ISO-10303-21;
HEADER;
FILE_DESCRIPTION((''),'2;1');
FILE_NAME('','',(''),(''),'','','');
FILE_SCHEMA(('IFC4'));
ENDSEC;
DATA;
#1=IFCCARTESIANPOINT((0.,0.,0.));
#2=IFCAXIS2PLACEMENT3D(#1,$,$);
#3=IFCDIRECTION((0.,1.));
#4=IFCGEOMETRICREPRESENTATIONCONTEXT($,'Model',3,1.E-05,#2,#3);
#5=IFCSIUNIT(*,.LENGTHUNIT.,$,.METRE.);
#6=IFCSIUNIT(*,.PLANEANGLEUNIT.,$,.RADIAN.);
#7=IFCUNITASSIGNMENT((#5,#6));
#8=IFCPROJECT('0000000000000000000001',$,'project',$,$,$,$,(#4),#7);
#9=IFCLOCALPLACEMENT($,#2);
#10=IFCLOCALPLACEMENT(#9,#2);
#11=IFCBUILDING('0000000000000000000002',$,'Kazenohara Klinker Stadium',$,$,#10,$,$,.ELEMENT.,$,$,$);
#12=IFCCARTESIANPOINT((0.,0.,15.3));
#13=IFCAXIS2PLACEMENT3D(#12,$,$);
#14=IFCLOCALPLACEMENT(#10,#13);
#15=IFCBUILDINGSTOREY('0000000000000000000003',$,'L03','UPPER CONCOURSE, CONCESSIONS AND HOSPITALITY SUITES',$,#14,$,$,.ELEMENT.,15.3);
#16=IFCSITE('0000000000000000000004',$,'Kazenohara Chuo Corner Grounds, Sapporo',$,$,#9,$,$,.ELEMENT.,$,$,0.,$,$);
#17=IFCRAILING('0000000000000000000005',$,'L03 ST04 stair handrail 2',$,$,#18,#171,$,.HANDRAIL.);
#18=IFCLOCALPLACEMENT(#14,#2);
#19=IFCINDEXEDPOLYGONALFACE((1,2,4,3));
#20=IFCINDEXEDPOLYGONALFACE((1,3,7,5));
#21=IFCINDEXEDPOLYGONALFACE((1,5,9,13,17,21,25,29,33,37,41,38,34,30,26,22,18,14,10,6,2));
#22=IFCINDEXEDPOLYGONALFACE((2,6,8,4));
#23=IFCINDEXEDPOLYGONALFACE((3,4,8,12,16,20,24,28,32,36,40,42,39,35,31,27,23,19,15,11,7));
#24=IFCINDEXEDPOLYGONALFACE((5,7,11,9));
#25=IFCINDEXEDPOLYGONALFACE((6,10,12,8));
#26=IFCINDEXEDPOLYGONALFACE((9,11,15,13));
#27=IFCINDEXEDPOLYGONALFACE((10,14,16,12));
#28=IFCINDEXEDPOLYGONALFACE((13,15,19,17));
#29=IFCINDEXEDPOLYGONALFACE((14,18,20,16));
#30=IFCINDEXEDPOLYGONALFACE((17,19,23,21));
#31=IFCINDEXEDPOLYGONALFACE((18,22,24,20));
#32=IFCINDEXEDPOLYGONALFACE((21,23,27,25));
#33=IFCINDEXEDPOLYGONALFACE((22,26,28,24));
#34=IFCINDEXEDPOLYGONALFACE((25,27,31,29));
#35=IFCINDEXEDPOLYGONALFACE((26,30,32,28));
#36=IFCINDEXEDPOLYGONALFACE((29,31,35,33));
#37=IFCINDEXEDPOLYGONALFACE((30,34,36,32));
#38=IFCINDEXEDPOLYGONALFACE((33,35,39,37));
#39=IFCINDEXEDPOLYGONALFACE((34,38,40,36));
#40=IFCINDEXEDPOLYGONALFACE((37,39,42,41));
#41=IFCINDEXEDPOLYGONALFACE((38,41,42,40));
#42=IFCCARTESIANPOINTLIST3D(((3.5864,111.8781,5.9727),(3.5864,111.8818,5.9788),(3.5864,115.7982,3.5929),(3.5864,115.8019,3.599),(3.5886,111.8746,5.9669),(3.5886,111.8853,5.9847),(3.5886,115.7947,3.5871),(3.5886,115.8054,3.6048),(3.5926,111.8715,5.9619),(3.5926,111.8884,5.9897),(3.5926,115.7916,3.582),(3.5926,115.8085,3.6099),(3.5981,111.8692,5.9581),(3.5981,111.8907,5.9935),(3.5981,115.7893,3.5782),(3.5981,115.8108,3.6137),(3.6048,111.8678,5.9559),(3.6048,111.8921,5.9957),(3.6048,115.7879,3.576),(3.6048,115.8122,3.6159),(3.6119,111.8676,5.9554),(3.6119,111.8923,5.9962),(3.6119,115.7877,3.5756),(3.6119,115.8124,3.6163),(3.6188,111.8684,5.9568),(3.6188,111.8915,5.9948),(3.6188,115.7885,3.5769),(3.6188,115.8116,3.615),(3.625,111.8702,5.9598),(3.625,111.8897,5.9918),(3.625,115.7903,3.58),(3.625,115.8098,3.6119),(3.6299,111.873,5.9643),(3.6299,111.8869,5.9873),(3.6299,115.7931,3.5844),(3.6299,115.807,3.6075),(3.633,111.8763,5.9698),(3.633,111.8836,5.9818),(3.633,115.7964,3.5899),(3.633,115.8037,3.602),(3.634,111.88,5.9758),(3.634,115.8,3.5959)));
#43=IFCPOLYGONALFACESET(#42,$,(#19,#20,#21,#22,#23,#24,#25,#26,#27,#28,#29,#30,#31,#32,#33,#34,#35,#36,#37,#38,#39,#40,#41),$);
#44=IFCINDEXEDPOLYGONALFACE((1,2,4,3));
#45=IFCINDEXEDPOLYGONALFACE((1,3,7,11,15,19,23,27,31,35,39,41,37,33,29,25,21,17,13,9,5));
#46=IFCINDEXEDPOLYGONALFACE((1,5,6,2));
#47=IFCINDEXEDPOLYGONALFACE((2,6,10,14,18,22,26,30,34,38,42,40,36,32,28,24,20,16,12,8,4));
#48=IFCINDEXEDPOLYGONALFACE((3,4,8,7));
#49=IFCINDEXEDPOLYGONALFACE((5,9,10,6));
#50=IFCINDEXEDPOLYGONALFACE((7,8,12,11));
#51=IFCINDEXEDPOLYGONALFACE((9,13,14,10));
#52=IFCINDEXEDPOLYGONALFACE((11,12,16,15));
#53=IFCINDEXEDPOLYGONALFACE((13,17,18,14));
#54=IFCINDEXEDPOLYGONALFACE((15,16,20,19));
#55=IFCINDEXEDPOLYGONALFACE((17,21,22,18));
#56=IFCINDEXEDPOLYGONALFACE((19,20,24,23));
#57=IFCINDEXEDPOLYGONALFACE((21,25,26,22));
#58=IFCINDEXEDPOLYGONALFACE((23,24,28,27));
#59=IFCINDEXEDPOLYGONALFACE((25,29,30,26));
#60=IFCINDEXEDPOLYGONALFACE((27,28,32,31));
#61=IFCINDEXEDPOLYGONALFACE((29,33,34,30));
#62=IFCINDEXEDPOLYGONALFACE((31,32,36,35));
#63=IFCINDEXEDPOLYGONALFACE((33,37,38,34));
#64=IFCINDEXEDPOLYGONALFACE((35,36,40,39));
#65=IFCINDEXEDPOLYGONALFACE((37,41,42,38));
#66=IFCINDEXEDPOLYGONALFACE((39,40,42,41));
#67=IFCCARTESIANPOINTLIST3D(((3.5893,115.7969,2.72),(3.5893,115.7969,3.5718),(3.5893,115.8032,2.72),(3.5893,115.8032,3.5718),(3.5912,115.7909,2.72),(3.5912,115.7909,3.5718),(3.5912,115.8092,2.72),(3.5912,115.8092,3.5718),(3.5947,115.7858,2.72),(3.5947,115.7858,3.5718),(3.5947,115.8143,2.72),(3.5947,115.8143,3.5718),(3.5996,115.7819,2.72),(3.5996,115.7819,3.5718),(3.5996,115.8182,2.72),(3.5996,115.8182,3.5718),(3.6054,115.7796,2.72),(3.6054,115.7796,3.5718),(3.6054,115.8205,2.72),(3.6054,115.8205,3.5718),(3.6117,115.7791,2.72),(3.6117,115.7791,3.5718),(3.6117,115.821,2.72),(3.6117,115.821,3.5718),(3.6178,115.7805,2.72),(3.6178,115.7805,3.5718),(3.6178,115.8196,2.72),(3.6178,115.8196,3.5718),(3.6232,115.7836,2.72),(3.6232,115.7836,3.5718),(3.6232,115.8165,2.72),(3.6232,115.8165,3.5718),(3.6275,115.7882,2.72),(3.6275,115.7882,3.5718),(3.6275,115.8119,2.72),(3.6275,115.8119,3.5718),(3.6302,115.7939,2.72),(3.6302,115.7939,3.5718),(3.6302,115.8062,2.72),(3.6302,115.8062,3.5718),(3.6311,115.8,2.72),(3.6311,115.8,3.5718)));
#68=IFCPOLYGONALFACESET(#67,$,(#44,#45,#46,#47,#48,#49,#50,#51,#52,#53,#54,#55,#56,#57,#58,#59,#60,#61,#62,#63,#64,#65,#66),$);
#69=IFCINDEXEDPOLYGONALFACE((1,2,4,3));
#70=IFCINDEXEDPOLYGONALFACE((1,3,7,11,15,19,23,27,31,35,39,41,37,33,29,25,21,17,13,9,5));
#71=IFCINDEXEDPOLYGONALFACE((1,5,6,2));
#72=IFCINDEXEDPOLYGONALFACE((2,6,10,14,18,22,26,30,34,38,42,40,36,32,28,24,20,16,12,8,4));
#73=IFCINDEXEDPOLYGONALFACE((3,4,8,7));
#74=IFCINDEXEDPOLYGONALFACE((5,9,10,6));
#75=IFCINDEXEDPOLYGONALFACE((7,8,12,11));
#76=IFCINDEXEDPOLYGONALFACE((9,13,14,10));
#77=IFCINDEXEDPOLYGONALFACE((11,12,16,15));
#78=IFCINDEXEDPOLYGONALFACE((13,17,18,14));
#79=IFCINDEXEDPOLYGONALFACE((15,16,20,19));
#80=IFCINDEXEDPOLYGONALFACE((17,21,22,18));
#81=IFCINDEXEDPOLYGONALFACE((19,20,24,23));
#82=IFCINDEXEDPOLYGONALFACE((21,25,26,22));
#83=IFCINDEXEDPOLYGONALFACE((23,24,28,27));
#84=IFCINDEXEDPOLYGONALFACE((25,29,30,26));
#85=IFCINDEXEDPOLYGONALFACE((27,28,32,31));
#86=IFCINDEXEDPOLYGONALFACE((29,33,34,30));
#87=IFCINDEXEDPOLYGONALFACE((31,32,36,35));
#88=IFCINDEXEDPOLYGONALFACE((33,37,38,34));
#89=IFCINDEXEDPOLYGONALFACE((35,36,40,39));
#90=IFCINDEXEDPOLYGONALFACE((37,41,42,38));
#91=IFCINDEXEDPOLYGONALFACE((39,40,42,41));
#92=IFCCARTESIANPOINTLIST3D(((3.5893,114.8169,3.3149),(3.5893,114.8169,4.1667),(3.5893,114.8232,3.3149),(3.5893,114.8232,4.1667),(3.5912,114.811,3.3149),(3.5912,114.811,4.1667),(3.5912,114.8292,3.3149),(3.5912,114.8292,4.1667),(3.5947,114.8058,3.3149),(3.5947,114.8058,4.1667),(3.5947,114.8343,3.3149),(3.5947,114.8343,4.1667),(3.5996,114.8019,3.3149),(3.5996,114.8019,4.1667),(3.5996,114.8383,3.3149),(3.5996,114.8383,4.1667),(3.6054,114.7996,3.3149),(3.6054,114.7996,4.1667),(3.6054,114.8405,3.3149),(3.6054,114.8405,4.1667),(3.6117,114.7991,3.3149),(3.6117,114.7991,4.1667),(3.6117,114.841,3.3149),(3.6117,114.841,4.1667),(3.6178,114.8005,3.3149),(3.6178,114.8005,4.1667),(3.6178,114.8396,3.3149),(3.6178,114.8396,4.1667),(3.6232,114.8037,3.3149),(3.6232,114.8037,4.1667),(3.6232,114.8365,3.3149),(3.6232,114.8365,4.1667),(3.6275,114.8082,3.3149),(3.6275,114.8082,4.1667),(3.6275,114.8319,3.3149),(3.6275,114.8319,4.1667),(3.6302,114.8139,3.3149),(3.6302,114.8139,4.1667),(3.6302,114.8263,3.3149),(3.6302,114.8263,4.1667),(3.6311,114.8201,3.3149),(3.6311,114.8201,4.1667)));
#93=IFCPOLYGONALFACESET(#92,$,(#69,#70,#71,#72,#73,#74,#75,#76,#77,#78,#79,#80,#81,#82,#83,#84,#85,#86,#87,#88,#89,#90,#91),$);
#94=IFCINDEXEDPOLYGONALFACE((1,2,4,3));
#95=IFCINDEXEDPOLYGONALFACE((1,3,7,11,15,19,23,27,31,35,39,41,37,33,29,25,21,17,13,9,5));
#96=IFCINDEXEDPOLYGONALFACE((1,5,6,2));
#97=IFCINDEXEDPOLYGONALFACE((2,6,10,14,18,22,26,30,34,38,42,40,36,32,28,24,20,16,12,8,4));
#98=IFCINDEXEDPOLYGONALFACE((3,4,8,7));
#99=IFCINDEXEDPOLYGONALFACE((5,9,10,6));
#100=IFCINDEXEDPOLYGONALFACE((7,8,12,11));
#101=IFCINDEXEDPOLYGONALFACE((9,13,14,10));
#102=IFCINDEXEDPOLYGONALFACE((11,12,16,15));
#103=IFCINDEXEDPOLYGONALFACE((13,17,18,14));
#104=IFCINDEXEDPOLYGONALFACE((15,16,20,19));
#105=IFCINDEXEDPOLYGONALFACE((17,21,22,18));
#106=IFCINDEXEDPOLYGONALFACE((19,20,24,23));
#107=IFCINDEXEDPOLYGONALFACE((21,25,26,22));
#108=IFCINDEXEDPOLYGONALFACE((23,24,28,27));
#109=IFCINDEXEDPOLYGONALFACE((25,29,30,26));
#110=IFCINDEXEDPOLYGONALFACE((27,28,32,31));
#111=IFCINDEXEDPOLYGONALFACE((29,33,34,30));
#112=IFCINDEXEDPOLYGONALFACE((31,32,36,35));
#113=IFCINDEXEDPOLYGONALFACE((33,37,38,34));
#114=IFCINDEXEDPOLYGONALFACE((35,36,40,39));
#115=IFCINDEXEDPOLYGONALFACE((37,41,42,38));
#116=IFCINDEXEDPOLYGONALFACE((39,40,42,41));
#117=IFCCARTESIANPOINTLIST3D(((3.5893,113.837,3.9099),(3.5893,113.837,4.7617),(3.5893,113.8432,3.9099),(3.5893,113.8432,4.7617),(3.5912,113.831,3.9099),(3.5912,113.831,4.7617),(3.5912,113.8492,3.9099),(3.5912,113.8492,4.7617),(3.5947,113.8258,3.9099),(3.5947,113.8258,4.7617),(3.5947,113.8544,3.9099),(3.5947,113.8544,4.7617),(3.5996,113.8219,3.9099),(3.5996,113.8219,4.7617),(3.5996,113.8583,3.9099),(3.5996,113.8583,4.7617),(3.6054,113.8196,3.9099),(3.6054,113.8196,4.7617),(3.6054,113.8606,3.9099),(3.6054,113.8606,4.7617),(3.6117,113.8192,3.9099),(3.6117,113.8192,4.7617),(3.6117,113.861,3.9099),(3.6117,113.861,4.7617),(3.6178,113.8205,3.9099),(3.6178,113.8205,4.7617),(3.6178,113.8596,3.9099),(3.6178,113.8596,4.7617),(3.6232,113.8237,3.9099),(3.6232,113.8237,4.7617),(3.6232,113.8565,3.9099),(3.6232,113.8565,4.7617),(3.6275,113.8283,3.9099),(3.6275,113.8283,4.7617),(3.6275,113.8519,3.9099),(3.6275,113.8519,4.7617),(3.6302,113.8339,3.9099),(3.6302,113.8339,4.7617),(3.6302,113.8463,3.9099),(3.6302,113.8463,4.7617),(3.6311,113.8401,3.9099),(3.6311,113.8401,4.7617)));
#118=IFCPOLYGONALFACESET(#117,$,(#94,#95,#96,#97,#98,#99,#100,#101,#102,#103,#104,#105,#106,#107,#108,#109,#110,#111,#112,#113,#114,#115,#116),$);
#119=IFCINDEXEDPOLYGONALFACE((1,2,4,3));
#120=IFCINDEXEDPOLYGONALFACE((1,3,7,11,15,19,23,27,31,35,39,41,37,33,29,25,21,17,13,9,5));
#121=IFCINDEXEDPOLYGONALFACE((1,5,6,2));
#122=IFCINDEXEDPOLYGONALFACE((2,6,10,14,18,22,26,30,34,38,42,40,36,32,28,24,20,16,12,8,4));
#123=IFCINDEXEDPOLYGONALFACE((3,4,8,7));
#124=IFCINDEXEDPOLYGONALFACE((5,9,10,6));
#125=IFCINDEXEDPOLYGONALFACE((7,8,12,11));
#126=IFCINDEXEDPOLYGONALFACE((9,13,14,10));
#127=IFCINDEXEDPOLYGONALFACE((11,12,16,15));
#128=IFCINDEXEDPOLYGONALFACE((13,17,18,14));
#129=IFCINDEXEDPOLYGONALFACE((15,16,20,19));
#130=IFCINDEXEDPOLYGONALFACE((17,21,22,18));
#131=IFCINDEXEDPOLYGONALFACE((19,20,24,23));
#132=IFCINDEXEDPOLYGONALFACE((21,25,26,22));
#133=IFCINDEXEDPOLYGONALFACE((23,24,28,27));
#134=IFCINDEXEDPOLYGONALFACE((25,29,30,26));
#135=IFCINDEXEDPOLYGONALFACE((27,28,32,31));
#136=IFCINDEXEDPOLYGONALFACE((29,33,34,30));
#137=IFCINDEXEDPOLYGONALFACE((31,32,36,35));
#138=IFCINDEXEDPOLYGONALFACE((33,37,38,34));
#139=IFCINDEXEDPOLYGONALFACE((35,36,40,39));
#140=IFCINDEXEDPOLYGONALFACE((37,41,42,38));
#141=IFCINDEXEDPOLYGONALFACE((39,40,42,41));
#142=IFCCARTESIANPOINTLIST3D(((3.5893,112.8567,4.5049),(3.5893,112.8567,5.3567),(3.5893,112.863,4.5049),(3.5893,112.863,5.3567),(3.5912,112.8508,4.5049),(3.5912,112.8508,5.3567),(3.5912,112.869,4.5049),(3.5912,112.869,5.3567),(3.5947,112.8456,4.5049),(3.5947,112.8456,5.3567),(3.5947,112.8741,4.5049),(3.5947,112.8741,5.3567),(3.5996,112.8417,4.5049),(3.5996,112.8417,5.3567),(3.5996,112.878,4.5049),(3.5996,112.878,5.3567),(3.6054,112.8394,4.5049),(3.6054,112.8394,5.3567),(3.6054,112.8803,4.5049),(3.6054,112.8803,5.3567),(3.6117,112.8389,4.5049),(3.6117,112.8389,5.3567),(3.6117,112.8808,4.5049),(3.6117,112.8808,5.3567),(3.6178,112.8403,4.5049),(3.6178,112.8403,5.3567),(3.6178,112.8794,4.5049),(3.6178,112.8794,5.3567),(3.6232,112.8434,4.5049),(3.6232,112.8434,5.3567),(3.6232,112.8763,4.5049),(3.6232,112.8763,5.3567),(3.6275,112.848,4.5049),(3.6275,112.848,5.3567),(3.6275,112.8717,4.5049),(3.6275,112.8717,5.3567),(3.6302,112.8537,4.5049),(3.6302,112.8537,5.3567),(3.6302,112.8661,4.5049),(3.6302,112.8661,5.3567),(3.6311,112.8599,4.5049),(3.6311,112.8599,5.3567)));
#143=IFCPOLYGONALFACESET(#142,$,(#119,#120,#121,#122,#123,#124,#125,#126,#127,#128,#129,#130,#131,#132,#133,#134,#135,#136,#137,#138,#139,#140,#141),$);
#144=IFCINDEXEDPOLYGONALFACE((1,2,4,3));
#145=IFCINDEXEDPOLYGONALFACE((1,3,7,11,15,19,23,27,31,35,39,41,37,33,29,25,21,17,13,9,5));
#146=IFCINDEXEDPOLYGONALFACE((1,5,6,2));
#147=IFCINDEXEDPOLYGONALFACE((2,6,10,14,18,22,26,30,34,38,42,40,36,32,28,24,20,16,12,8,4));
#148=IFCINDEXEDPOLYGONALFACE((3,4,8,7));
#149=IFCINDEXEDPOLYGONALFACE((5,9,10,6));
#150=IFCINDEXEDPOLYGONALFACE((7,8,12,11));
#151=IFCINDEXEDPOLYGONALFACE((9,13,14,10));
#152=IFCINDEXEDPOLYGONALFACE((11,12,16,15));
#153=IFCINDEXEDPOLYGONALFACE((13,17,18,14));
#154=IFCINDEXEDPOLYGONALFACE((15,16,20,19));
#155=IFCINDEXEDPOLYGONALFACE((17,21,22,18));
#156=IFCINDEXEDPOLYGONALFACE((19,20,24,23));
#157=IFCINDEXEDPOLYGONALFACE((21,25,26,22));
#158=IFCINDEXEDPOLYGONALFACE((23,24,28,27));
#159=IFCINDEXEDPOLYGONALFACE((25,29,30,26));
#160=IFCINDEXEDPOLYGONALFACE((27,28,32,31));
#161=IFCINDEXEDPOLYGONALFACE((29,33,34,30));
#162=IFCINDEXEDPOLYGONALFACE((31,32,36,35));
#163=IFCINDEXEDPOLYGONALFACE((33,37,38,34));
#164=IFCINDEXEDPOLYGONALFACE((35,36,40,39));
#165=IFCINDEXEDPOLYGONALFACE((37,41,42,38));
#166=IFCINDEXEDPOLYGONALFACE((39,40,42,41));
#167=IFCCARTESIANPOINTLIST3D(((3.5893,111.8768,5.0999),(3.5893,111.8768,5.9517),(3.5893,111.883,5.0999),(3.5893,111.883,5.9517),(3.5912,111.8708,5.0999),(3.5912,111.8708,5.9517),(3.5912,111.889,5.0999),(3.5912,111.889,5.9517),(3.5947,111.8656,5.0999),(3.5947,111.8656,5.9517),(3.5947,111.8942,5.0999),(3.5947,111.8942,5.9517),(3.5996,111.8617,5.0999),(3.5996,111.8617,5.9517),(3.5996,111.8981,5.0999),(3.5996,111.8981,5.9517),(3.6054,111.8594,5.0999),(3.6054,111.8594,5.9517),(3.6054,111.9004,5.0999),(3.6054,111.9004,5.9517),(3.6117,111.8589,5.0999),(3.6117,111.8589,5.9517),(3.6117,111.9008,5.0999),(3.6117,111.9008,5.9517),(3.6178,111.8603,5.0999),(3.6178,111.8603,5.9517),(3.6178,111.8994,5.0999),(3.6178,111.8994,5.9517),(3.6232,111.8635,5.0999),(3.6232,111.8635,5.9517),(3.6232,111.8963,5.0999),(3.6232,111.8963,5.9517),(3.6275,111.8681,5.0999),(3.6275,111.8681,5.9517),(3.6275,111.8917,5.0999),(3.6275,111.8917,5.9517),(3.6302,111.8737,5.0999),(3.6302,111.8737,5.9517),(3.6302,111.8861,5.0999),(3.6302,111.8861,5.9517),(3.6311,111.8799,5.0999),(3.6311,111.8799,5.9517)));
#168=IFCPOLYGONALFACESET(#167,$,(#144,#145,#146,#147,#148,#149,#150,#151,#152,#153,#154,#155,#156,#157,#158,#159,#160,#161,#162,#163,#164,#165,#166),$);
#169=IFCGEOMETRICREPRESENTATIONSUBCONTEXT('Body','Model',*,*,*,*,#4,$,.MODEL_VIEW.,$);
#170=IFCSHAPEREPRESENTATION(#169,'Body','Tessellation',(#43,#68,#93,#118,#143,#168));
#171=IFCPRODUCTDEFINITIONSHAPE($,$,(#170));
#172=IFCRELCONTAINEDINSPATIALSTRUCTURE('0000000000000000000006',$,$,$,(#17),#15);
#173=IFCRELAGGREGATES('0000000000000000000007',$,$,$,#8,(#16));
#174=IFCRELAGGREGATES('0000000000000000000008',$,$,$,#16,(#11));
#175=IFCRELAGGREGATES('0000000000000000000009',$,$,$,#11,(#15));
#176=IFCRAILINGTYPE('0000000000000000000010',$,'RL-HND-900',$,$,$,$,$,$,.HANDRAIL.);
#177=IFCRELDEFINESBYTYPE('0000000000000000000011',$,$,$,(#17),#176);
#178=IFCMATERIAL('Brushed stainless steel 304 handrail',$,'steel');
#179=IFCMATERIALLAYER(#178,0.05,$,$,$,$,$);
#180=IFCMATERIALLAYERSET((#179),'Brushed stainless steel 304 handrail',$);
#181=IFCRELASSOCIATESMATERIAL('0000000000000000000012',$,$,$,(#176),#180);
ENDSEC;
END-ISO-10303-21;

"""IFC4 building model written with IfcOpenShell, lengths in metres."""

from ifc_helpers import new_model, si_unit, direction, frame, origin, origin_2d, place, context, subcontext, project, spatial, circle, extrude, material, layer, layer_set, type_object, element, save


model = new_model("IFC4")

# Units and contexts
model_context = context("Model", 3, precision=1e-05, world=origin(), true_north=direction((0.0, 1.0)))
body_context = subcontext(model_context, "Body", "Model", "MODEL_VIEW")
ifc_project = project(units=[si_unit("LENGTHUNIT", "METRE"), si_unit("PLANEANGLEUNIT", "RADIAN")], contexts=[model_context])

# Site, building, storey
site_placement = place(None, origin())
site = spatial("IfcSite", under=ifc_project, at=site_placement, Name="Kazenohara Chuo Corner Grounds, Sapporo", CompositionType="ELEMENT", RefElevation=0.0)
building_placement = place(site_placement, origin())
building = spatial("IfcBuilding", under=site, at=building_placement, Name="Kazenohara Klinker Stadium", CompositionType="ELEMENT")
storey_placement = place(building_placement, frame((0.0, 0.0, 15.3)))
storey = spatial("IfcBuildingStorey", under=building, at=storey_placement, Name="L03", Description="UPPER CONCOURSE, CONCESSIONS AND HOSPITALITY SUITES", CompositionType="ELEMENT", Elevation=15.3)

# Railing
ifc_material_1 = material(Name="Brushed stainless steel 304 handrail", Category="steel")
ifc_layer_1 = layer(ifc_material_1, 0.05)
ifc_layer_set_1 = layer_set([ifc_layer_1], Name="Brushed stainless steel 304 handrail")
railing_type_1 = type_object("IfcRailingType", Name="RL-HND-900", PredefinedType="HANDRAIL", material=ifc_layer_set_1)
railing_1_placement = place(storey_placement, frame((3.6101, 115.8, 2.72)))
element("IfcRailing", 1, at=railing_1_placement, inside=storey, type_object=railing_type_1, Name="L03 ST04 stair handrail 2", PredefinedType="HANDRAIL", context=body_context, shape_type="SweptSolid", body=[
    extrude(circle(Radius=0.0239, at=origin_2d()), frame((0.0, 0.0, 0.876), z_axis=(0.0, -0.854809, 0.518943), x_axis=(1.0, 0.0, 0.0)), (0.0, 0.0, 1.0), 4.5859),
    extrude(circle(Radius=0.021, at=origin_2d()), origin(), (0.0, 0.0, 1.0), 0.8518),
    extrude(circle(Radius=0.021, at=origin_2d()), frame((0.0, -0.98, 0.595)), (0.0, 0.0, 1.0), 0.8518),
    extrude(circle(Radius=0.021, at=origin_2d()), frame((0.0, -1.96, 1.1899)), (0.0, 0.0, 1.0), 0.8518),
    extrude(circle(Radius=0.021, at=origin_2d()), frame((0.0, -2.9402, 1.7849)), (0.0, 0.0, 1.0), 0.8518),
    extrude(circle(Radius=0.021, at=origin_2d()), frame((0.0, -3.9202, 2.3799)), (0.0, 0.0, 1.0), 0.8518),
])

save(model, "model.ifc")
